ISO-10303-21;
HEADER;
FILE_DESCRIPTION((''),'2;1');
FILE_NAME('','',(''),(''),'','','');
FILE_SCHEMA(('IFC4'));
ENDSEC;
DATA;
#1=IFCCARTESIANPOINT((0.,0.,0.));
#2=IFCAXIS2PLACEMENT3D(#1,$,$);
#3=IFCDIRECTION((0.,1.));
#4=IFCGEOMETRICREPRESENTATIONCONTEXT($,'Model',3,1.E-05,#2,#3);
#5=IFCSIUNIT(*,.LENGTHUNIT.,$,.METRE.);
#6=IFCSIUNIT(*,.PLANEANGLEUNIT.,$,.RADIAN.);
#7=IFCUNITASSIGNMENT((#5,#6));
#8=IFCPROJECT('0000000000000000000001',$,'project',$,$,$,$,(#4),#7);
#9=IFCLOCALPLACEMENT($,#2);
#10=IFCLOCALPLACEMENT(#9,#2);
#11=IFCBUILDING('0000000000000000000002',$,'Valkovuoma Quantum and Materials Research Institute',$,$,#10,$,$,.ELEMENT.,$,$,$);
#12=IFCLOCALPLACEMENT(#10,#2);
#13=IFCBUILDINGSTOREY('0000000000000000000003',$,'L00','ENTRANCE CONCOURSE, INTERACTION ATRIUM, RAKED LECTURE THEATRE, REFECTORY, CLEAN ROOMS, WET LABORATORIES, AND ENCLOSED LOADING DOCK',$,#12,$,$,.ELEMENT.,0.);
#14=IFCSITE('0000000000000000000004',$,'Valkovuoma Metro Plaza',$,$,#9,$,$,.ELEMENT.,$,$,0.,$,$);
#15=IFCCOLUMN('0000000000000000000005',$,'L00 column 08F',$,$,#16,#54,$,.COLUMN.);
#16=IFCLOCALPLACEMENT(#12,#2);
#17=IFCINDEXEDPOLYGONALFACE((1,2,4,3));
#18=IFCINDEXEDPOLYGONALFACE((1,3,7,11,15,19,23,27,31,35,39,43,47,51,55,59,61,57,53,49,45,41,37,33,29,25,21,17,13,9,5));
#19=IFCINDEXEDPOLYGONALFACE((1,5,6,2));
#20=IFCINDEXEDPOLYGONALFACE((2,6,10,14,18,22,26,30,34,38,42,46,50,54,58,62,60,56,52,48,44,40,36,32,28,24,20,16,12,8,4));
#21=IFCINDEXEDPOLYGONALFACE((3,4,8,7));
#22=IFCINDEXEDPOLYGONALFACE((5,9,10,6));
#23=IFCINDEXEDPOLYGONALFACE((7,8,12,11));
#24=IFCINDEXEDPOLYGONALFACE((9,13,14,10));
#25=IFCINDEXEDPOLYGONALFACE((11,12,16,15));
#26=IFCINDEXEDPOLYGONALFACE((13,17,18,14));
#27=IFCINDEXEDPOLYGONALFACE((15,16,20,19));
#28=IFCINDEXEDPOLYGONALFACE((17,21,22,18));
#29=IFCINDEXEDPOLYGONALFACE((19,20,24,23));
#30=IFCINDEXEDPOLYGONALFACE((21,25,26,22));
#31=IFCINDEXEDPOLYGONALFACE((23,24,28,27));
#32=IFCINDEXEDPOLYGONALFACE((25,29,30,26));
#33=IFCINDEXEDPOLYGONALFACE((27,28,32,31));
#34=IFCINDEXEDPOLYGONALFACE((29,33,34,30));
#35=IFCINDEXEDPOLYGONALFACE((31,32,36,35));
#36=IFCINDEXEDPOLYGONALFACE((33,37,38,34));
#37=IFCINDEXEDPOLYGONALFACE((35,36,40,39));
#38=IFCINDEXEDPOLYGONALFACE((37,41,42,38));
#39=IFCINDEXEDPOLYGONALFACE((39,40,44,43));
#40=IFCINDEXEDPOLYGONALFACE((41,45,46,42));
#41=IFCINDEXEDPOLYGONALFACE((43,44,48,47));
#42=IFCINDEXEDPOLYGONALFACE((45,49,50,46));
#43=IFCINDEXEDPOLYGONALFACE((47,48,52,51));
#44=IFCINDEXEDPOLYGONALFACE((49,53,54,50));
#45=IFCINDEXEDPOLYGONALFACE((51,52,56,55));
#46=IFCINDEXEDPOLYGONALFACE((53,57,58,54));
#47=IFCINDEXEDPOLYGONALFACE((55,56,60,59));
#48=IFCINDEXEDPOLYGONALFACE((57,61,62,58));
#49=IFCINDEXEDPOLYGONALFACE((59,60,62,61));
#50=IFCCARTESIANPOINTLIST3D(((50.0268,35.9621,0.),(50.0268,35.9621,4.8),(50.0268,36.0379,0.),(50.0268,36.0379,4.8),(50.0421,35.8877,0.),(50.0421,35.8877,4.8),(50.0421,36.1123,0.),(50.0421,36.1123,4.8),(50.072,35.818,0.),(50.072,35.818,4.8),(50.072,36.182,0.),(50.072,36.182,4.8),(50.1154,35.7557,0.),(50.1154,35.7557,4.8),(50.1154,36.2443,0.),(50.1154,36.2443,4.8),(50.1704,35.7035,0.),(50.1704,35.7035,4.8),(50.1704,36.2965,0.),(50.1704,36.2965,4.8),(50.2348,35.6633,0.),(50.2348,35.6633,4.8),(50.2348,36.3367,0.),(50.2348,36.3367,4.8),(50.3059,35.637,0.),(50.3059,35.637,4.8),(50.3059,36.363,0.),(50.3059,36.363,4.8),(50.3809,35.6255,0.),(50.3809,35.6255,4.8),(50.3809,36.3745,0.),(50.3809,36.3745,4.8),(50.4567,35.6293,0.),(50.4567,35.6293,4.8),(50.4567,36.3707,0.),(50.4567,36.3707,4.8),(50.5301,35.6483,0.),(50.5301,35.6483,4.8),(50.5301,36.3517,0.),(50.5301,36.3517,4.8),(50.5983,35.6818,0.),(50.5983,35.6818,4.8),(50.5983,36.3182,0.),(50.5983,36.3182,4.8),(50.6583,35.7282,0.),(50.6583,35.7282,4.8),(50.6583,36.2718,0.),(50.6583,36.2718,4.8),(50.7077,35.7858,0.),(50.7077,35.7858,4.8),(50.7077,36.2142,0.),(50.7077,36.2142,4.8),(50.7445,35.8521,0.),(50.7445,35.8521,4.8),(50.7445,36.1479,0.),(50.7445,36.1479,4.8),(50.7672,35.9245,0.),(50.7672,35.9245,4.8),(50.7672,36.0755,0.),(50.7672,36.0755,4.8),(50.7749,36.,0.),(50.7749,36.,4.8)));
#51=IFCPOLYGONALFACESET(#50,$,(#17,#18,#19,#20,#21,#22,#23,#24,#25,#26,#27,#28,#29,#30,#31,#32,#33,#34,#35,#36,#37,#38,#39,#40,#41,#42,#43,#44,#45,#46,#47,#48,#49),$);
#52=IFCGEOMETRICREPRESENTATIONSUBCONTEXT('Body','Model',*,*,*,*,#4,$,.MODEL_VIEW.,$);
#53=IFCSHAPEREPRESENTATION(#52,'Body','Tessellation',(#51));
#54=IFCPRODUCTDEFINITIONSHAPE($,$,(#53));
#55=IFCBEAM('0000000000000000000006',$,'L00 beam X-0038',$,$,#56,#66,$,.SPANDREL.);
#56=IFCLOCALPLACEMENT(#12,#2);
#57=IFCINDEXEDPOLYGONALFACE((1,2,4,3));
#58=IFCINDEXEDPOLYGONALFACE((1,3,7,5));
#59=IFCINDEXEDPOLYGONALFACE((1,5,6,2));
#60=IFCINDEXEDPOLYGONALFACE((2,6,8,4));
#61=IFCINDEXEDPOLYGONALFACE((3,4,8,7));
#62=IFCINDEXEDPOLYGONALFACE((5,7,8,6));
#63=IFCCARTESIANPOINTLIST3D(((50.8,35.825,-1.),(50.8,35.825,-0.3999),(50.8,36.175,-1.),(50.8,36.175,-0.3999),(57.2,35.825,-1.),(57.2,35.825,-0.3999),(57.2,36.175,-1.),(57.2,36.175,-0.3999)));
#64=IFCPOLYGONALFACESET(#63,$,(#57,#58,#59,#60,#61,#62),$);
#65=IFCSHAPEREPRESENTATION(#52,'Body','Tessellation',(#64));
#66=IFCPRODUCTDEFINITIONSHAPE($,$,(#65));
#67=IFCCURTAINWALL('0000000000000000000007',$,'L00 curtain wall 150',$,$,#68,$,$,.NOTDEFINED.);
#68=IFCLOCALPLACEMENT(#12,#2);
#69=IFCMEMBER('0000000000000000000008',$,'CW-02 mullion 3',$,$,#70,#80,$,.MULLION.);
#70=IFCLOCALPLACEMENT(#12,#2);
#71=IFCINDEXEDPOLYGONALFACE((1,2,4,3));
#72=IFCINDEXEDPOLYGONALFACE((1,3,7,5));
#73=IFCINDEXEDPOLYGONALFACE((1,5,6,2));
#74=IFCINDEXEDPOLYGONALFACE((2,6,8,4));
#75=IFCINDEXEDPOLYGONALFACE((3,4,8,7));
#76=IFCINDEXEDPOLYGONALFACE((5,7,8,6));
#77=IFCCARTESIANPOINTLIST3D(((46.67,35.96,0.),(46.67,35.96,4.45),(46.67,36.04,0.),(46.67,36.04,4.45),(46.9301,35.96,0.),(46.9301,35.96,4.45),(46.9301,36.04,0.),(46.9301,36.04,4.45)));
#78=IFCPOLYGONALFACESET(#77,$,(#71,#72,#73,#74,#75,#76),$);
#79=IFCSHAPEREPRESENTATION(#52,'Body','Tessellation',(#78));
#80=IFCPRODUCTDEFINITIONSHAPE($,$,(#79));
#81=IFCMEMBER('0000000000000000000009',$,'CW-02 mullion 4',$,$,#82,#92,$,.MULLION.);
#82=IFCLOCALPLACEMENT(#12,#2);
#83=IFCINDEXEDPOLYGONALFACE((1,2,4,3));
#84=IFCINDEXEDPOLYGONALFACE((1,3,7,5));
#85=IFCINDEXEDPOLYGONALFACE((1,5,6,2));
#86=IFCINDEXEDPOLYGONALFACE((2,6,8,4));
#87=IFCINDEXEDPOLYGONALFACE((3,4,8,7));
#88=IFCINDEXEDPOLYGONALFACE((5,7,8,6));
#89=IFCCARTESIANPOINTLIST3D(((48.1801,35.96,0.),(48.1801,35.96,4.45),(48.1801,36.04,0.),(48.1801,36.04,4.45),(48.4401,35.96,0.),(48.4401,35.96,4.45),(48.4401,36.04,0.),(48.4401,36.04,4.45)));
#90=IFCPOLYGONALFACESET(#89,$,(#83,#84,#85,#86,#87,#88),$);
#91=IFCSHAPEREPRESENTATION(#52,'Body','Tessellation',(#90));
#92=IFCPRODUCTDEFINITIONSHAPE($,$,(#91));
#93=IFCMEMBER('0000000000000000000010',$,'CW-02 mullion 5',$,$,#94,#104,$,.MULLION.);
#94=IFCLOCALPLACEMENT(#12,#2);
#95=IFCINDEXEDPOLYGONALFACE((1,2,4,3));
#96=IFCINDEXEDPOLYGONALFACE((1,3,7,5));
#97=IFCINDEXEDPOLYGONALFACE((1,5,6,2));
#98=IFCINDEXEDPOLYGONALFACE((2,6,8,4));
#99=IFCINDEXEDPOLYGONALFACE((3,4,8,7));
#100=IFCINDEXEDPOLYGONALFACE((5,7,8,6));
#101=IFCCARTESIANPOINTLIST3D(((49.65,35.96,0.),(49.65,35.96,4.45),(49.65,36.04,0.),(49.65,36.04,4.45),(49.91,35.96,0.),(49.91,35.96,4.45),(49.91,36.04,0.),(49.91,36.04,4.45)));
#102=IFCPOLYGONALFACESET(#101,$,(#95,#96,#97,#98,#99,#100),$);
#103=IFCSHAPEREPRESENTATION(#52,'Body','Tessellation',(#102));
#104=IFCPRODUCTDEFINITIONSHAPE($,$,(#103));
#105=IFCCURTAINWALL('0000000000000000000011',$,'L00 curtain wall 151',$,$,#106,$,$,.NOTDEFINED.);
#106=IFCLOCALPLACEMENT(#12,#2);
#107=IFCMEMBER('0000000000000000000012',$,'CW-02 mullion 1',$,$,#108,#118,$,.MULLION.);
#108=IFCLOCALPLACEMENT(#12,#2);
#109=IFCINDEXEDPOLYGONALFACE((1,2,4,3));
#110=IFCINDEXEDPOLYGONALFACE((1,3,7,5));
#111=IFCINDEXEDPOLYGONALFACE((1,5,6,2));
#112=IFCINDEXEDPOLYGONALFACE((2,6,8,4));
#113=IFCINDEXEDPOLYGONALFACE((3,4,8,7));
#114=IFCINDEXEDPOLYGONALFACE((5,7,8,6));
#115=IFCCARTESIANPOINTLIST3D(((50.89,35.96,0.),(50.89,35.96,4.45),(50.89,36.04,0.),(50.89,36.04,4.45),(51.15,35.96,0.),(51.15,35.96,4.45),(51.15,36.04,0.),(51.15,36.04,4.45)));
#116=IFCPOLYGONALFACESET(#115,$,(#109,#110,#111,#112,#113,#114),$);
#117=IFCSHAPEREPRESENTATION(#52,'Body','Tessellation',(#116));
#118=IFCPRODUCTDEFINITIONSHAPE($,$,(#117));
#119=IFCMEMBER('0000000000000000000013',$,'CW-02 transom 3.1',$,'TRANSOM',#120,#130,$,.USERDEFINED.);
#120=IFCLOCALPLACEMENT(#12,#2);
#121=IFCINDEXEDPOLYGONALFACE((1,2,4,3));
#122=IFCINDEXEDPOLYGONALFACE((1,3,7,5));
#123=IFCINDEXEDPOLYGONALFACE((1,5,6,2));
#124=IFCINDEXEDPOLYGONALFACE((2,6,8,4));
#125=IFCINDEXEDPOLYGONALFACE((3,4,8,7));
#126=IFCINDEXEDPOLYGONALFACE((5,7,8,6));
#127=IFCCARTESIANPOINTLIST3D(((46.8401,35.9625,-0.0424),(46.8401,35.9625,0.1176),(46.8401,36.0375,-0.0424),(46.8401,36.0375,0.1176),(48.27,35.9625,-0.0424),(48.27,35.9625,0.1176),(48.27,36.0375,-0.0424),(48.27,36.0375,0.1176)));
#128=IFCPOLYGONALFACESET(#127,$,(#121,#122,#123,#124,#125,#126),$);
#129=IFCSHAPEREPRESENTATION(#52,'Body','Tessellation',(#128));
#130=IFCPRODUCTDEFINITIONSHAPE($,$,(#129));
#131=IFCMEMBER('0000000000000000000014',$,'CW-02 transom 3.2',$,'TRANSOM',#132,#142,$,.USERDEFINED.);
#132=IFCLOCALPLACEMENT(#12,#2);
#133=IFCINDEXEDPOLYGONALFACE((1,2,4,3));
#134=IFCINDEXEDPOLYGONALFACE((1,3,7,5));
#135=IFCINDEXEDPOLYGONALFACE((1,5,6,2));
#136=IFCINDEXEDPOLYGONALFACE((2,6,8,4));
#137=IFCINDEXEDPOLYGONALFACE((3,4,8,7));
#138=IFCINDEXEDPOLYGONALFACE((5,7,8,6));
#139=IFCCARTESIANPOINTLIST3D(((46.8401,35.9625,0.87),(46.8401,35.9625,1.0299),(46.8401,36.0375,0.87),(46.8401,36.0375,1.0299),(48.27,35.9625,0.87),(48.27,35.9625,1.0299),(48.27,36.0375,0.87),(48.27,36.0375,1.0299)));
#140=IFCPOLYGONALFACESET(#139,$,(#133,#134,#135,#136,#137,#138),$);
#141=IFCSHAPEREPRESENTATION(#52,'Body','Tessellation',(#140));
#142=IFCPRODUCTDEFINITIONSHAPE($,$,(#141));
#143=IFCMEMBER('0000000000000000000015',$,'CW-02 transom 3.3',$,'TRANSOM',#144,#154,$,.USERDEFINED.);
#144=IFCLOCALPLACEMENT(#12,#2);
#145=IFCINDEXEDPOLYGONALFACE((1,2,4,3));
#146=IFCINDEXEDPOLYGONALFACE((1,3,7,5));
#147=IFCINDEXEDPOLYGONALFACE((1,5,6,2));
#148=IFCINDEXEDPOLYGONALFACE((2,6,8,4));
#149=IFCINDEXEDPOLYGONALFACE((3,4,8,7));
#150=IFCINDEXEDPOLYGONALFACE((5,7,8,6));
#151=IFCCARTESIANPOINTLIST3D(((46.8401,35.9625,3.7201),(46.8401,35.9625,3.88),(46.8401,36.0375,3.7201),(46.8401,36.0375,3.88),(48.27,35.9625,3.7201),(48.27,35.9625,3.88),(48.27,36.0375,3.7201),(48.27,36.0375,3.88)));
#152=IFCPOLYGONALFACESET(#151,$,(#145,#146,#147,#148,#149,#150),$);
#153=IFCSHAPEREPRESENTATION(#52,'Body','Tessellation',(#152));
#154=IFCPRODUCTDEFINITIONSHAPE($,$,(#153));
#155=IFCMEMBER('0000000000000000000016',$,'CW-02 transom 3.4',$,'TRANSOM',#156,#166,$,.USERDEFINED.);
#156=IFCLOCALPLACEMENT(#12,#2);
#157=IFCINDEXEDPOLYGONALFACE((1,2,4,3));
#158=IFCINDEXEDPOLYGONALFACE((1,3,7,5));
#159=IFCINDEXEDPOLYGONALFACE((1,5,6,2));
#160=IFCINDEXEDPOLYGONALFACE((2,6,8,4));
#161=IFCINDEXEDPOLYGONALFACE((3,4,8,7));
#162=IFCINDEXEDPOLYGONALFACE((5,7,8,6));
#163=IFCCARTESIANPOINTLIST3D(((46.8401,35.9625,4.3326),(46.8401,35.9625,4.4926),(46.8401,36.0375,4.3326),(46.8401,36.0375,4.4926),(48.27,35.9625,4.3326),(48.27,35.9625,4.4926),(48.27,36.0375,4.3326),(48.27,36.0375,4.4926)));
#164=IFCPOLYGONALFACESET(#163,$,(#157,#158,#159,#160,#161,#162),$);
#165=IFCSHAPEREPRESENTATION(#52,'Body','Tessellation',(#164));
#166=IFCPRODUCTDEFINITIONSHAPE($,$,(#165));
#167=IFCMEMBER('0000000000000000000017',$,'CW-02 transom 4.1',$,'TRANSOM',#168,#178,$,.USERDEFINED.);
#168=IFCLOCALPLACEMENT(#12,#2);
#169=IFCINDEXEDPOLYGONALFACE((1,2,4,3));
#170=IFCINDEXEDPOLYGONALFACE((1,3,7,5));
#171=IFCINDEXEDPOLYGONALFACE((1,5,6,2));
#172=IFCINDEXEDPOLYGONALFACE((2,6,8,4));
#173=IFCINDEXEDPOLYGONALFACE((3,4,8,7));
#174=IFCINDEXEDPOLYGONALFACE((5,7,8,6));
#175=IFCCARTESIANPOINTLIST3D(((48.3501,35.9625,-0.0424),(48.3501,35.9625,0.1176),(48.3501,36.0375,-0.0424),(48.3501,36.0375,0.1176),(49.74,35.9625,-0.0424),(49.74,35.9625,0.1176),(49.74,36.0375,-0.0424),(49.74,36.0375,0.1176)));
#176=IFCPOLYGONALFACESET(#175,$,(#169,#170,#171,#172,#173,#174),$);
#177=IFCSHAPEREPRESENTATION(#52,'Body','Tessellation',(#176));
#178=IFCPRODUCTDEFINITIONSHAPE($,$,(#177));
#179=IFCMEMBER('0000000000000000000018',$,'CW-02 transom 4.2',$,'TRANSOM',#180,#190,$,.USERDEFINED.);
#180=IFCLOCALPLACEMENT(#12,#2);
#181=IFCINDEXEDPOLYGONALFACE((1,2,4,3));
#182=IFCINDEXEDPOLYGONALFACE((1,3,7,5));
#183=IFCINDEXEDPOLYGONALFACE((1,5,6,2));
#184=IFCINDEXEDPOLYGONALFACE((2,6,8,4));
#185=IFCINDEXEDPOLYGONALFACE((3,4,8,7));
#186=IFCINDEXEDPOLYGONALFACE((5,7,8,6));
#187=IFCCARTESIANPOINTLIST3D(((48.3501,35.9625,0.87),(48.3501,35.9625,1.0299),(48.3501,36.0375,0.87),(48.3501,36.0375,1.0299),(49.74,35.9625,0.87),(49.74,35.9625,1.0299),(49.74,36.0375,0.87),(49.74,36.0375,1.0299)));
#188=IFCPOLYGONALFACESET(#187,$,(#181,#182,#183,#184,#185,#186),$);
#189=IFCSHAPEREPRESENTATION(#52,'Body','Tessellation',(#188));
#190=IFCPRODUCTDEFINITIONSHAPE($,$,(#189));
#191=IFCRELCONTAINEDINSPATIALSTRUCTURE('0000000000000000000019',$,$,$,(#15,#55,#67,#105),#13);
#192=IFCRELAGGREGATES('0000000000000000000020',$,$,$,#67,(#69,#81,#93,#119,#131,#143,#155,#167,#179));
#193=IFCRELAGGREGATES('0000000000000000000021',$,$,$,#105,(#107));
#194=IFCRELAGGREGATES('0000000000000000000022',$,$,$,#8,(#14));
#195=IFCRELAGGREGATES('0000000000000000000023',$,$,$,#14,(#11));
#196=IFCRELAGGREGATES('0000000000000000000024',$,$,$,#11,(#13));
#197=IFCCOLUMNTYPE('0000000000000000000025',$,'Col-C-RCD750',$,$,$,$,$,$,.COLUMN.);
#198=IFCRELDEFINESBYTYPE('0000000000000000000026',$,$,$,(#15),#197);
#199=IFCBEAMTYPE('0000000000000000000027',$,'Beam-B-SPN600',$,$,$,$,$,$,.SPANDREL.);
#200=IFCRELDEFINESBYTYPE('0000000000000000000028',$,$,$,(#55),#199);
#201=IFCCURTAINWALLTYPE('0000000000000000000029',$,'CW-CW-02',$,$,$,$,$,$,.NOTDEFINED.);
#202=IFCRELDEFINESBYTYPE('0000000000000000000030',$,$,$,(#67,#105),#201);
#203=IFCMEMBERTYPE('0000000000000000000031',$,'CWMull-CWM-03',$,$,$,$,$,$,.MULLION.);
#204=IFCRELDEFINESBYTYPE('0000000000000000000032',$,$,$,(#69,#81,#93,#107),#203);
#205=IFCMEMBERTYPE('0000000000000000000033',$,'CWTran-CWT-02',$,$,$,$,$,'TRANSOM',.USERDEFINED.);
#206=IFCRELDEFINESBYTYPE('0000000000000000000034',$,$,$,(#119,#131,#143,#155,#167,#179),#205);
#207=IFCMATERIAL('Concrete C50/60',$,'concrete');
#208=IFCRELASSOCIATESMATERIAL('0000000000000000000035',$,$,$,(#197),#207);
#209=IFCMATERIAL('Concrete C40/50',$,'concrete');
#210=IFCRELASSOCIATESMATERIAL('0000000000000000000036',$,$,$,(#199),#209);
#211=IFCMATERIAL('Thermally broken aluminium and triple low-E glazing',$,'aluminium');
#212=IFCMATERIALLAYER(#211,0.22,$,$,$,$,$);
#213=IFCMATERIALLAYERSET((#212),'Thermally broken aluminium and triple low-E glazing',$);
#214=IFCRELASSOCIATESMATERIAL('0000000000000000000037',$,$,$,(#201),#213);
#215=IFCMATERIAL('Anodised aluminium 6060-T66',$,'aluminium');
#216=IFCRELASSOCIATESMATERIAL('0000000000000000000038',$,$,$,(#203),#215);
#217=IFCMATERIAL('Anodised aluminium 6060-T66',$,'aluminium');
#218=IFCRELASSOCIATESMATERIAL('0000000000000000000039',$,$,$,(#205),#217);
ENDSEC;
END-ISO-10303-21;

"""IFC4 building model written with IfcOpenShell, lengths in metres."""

from ifc_helpers import new_model, si_unit, direction, frame, origin, origin_2d, place, context, subcontext, project, spatial, rectangle, circle, extrude, material, layer, layer_set, material_profile, profile_set, type_object, element, aggregate, save


model = new_model("IFC4")

# Units and contexts
model_context = context("Model", 3, precision=1e-05, world=origin(), true_north=direction((0.0, 1.0)))
body_context = subcontext(model_context, "Body", "Model", "MODEL_VIEW")
ifc_project = project(units=[si_unit("LENGTHUNIT", "METRE"), si_unit("PLANEANGLEUNIT", "RADIAN")], contexts=[model_context])

# Site, building, storey
site_placement = place(None, origin())
site = spatial("IfcSite", under=ifc_project, at=site_placement, Name="Valkovuoma Metro Plaza", CompositionType="ELEMENT", RefElevation=0.0)
building_placement = place(site_placement, origin())
building = spatial("IfcBuilding", under=site, at=building_placement, Name="Valkovuoma Quantum and Materials Research Institute", CompositionType="ELEMENT")
storey_placement = place(building_placement, origin())
storey = spatial("IfcBuildingStorey", under=building, at=storey_placement, Name="L00", Description="ENTRANCE CONCOURSE, INTERACTION ATRIUM, RAKED LECTURE THEATRE, REFECTORY, CLEAN ROOMS, WET LABORATORIES, AND ENCLOSED LOADING DOCK", CompositionType="ELEMENT", Elevation=0.0)

# Column
ifc_material_1 = material(Name="Concrete C50/60", Category="concrete")
ifc_material_profile_1 = material_profile(ifc_material_1, circle(Radius=0.375, at=origin_2d()), Name="Concrete C50/60")
ifc_profile_set_1 = profile_set([ifc_material_profile_1], Name="Concrete C50/60")
column_type = type_object("IfcColumnType", Name="Col-C-RCD750", PredefinedType="COLUMN", material=ifc_profile_set_1)
column_placement = place(storey_placement, frame((50.3999, 36.0, 0.0), z_axis=(0.0, 0.0, 1.0), x_axis=(1.0, 0.0, 0.0)))
element("IfcColumn", 1, at=column_placement, inside=storey, type_object=column_type, Name="L00 column 08F", PredefinedType="COLUMN", context=body_context, shape_type="SweptSolid", body=[
    extrude(circle(Radius=0.375, at=origin_2d()), origin(), (0.0, 0.0, 1.0), 4.8),
])

# Beam
ifc_material_2 = material(Name="Concrete C40/50", Category="concrete")
ifc_material_profile_2 = material_profile(ifc_material_2, rectangle(XDim=0.3501, YDim=0.6001, at=origin_2d()), Name="Concrete C40/50")
ifc_profile_set_2 = profile_set([ifc_material_profile_2], Name="Concrete C40/50")
beam_type = type_object("IfcBeamType", Name="Beam-B-SPN600", PredefinedType="SPANDREL", material=ifc_profile_set_2)
beam_placement = place(storey_placement, frame((50.8, 36.0, -0.7), z_axis=(1.0, 0.0, 0.0), x_axis=(0.0, 1.0, 0.0)))
element("IfcBeam", 2, at=beam_placement, inside=storey, type_object=beam_type, Name="L00 beam X-0038", PredefinedType="SPANDREL", context=body_context, shape_type="SweptSolid", body=[
    extrude(rectangle(XDim=0.3501, YDim=0.6001, at=origin_2d()), origin(), (0.0, 0.0, 1.0), 6.3999),
])

# Curtain wall, members
ifc_material_3 = material(Name="Thermally broken aluminium and triple low-E glazing", Category="aluminium")
ifc_layer_1 = layer(ifc_material_3, 0.22)
ifc_layer_set_1 = layer_set([ifc_layer_1], Name="Thermally broken aluminium and triple low-E glazing")
curtain_wall_type = type_object("IfcCurtainWallType", Name="CW-CW-02", PredefinedType="NOTDEFINED", material=ifc_layer_set_1)
curtain_wall_1_placement = place(storey_placement, origin())
curtain_wall_1 = element("IfcCurtainWall", 3, at=curtain_wall_1_placement, inside=storey, type_object=curtain_wall_type, Name="L00 curtain wall 150", PredefinedType="NOTDEFINED")
ifc_material_4 = material(Name="Anodised aluminium 6060-T66", Category="aluminium")
ifc_material_profile_3 = material_profile(ifc_material_4, rectangle(XDim=0.0801, YDim=0.26, at=origin_2d()), Name="Anodised aluminium 6060-T66")
ifc_profile_set_3 = profile_set([ifc_material_profile_3], Name="Anodised aluminium 6060-T66")
member_type_1 = type_object("IfcMemberType", Name="CWMull-CWM-03", PredefinedType="MULLION", material=ifc_profile_set_3)
member_1_placement = place(storey_placement, frame((46.8, 36.0, 0.0), z_axis=(0.0, 0.0, 1.0), x_axis=(0.0, 1.0, 0.0)))
member_1 = element("IfcMember", 4, at=member_1_placement, type_object=member_type_1, Name="CW-02 mullion 3", PredefinedType="MULLION", context=body_context, shape_type="SweptSolid", body=[
    extrude(rectangle(XDim=0.0801, YDim=0.26, at=origin_2d()), origin(), (0.0, 0.0, 1.0), 4.45),
])
member_2_placement = place(storey_placement, frame((48.3101, 36.0, 0.0), z_axis=(0.0, 0.0, 1.0), x_axis=(0.0, 1.0, 0.0)))
member_2 = element("IfcMember", 5, at=member_2_placement, type_object=member_type_1, Name="CW-02 mullion 4", PredefinedType="MULLION", context=body_context, shape_type="SweptSolid", body=[
    extrude(rectangle(XDim=0.0801, YDim=0.26, at=origin_2d()), origin(), (0.0, 0.0, 1.0), 4.45),
])
member_3_placement = place(storey_placement, frame((49.78, 36.0, 0.0), z_axis=(0.0, 0.0, 1.0), x_axis=(0.0, 1.0, 0.0)))
member_3 = element("IfcMember", 6, at=member_3_placement, type_object=member_type_1, Name="CW-02 mullion 5", PredefinedType="MULLION", context=body_context, shape_type="SweptSolid", body=[
    extrude(rectangle(XDim=0.0801, YDim=0.26, at=origin_2d()), origin(), (0.0, 0.0, 1.0), 4.45),
])

# Curtain wall, member
curtain_wall_2_placement = place(storey_placement, origin())
curtain_wall_2 = element("IfcCurtainWall", 7, at=curtain_wall_2_placement, inside=storey, type_object=curtain_wall_type, Name="L00 curtain wall 151", PredefinedType="NOTDEFINED")
member_4_placement = place(storey_placement, frame((51.02, 36.0, 0.0), z_axis=(0.0, 0.0, 1.0), x_axis=(0.0, 1.0, 0.0)))
member_4 = element("IfcMember", 8, at=member_4_placement, type_object=member_type_1, Name="CW-02 mullion 1", PredefinedType="MULLION", context=body_context, shape_type="SweptSolid", body=[
    extrude(rectangle(XDim=0.0801, YDim=0.26, at=origin_2d()), origin(), (0.0, 0.0, 1.0), 4.45),
])

# Members
ifc_material_5 = material(Name="Anodised aluminium 6060-T66", Category="aluminium")
ifc_material_profile_4 = material_profile(ifc_material_5, rectangle(XDim=0.075, YDim=0.1599, at=origin_2d()), Name="Anodised aluminium 6060-T66")
ifc_profile_set_4 = profile_set([ifc_material_profile_4], Name="Anodised aluminium 6060-T66")
member_type_2 = type_object("IfcMemberType", Name="CWTran-CWT-02", ElementType="TRANSOM", PredefinedType="USERDEFINED", material=ifc_profile_set_4)
member_5_placement = place(storey_placement, frame((46.8401, 36.0, 0.0376), z_axis=(1.0, 0.0, 0.0), x_axis=(0.0, 1.0, 0.0)))
member_5 = element("IfcMember", 9, at=member_5_placement, type_object=member_type_2, Name="CW-02 transom 3.1", ObjectType="TRANSOM", PredefinedType="USERDEFINED", context=body_context, shape_type="SweptSolid", body=[
    extrude(rectangle(XDim=0.075, YDim=0.1599, at=origin_2d()), origin(), (0.0, 0.0, 1.0), 1.4299),
])
member_6_placement = place(storey_placement, frame((46.8401, 36.0, 0.95), z_axis=(1.0, 0.0, 0.0), x_axis=(0.0, 1.0, 0.0)))
member_6 = element("IfcMember", 10, at=member_6_placement, type_object=member_type_2, Name="CW-02 transom 3.2", ObjectType="TRANSOM", PredefinedType="USERDEFINED", context=body_context, shape_type="SweptSolid", body=[
    extrude(rectangle(XDim=0.075, YDim=0.1599, at=origin_2d()), origin(), (0.0, 0.0, 1.0), 1.4299),
])
member_7_placement = place(storey_placement, frame((46.8401, 36.0, 3.8), z_axis=(1.0, 0.0, 0.0), x_axis=(0.0, 1.0, 0.0)))
member_7 = element("IfcMember", 11, at=member_7_placement, type_object=member_type_2, Name="CW-02 transom 3.3", ObjectType="TRANSOM", PredefinedType="USERDEFINED", context=body_context, shape_type="SweptSolid", body=[
    extrude(rectangle(XDim=0.075, YDim=0.1599, at=origin_2d()), origin(), (0.0, 0.0, 1.0), 1.4299),
])
member_8_placement = place(storey_placement, frame((46.8401, 36.0, 4.4126), z_axis=(1.0, 0.0, 0.0), x_axis=(0.0, 1.0, 0.0)))
member_8 = element("IfcMember", 12, at=member_8_placement, type_object=member_type_2, Name="CW-02 transom 3.4", ObjectType="TRANSOM", PredefinedType="USERDEFINED", context=body_context, shape_type="SweptSolid", body=[
    extrude(rectangle(XDim=0.075, YDim=0.1599, at=origin_2d()), origin(), (0.0, 0.0, 1.0), 1.4299),
])
member_9_placement = place(storey_placement, frame((48.3501, 36.0, 0.0376), z_axis=(1.0, 0.0, 0.0), x_axis=(0.0, 1.0, 0.0)))
member_9 = element("IfcMember", 13, at=member_9_placement, type_object=member_type_2, Name="CW-02 transom 4.1", ObjectType="TRANSOM", PredefinedType="USERDEFINED", context=body_context, shape_type="SweptSolid", body=[
    extrude(rectangle(XDim=0.075, YDim=0.1599, at=origin_2d()), origin(), (0.0, 0.0, 1.0), 1.3899),
])
member_10_placement = place(storey_placement, frame((48.3501, 36.0, 0.95), z_axis=(1.0, 0.0, 0.0), x_axis=(0.0, 1.0, 0.0)))
member_10 = element("IfcMember", 14, at=member_10_placement, type_object=member_type_2, Name="CW-02 transom 4.2", ObjectType="TRANSOM", PredefinedType="USERDEFINED", context=body_context, shape_type="SweptSolid", body=[
    extrude(rectangle(XDim=0.075, YDim=0.1599, at=origin_2d()), origin(), (0.0, 0.0, 1.0), 1.3899),
])

aggregate(curtain_wall_1, [member_1, member_2, member_3, member_5, member_6, member_7, member_8, member_9, member_10])
aggregate(curtain_wall_2, [member_4])

save(model, "model.ifc")
